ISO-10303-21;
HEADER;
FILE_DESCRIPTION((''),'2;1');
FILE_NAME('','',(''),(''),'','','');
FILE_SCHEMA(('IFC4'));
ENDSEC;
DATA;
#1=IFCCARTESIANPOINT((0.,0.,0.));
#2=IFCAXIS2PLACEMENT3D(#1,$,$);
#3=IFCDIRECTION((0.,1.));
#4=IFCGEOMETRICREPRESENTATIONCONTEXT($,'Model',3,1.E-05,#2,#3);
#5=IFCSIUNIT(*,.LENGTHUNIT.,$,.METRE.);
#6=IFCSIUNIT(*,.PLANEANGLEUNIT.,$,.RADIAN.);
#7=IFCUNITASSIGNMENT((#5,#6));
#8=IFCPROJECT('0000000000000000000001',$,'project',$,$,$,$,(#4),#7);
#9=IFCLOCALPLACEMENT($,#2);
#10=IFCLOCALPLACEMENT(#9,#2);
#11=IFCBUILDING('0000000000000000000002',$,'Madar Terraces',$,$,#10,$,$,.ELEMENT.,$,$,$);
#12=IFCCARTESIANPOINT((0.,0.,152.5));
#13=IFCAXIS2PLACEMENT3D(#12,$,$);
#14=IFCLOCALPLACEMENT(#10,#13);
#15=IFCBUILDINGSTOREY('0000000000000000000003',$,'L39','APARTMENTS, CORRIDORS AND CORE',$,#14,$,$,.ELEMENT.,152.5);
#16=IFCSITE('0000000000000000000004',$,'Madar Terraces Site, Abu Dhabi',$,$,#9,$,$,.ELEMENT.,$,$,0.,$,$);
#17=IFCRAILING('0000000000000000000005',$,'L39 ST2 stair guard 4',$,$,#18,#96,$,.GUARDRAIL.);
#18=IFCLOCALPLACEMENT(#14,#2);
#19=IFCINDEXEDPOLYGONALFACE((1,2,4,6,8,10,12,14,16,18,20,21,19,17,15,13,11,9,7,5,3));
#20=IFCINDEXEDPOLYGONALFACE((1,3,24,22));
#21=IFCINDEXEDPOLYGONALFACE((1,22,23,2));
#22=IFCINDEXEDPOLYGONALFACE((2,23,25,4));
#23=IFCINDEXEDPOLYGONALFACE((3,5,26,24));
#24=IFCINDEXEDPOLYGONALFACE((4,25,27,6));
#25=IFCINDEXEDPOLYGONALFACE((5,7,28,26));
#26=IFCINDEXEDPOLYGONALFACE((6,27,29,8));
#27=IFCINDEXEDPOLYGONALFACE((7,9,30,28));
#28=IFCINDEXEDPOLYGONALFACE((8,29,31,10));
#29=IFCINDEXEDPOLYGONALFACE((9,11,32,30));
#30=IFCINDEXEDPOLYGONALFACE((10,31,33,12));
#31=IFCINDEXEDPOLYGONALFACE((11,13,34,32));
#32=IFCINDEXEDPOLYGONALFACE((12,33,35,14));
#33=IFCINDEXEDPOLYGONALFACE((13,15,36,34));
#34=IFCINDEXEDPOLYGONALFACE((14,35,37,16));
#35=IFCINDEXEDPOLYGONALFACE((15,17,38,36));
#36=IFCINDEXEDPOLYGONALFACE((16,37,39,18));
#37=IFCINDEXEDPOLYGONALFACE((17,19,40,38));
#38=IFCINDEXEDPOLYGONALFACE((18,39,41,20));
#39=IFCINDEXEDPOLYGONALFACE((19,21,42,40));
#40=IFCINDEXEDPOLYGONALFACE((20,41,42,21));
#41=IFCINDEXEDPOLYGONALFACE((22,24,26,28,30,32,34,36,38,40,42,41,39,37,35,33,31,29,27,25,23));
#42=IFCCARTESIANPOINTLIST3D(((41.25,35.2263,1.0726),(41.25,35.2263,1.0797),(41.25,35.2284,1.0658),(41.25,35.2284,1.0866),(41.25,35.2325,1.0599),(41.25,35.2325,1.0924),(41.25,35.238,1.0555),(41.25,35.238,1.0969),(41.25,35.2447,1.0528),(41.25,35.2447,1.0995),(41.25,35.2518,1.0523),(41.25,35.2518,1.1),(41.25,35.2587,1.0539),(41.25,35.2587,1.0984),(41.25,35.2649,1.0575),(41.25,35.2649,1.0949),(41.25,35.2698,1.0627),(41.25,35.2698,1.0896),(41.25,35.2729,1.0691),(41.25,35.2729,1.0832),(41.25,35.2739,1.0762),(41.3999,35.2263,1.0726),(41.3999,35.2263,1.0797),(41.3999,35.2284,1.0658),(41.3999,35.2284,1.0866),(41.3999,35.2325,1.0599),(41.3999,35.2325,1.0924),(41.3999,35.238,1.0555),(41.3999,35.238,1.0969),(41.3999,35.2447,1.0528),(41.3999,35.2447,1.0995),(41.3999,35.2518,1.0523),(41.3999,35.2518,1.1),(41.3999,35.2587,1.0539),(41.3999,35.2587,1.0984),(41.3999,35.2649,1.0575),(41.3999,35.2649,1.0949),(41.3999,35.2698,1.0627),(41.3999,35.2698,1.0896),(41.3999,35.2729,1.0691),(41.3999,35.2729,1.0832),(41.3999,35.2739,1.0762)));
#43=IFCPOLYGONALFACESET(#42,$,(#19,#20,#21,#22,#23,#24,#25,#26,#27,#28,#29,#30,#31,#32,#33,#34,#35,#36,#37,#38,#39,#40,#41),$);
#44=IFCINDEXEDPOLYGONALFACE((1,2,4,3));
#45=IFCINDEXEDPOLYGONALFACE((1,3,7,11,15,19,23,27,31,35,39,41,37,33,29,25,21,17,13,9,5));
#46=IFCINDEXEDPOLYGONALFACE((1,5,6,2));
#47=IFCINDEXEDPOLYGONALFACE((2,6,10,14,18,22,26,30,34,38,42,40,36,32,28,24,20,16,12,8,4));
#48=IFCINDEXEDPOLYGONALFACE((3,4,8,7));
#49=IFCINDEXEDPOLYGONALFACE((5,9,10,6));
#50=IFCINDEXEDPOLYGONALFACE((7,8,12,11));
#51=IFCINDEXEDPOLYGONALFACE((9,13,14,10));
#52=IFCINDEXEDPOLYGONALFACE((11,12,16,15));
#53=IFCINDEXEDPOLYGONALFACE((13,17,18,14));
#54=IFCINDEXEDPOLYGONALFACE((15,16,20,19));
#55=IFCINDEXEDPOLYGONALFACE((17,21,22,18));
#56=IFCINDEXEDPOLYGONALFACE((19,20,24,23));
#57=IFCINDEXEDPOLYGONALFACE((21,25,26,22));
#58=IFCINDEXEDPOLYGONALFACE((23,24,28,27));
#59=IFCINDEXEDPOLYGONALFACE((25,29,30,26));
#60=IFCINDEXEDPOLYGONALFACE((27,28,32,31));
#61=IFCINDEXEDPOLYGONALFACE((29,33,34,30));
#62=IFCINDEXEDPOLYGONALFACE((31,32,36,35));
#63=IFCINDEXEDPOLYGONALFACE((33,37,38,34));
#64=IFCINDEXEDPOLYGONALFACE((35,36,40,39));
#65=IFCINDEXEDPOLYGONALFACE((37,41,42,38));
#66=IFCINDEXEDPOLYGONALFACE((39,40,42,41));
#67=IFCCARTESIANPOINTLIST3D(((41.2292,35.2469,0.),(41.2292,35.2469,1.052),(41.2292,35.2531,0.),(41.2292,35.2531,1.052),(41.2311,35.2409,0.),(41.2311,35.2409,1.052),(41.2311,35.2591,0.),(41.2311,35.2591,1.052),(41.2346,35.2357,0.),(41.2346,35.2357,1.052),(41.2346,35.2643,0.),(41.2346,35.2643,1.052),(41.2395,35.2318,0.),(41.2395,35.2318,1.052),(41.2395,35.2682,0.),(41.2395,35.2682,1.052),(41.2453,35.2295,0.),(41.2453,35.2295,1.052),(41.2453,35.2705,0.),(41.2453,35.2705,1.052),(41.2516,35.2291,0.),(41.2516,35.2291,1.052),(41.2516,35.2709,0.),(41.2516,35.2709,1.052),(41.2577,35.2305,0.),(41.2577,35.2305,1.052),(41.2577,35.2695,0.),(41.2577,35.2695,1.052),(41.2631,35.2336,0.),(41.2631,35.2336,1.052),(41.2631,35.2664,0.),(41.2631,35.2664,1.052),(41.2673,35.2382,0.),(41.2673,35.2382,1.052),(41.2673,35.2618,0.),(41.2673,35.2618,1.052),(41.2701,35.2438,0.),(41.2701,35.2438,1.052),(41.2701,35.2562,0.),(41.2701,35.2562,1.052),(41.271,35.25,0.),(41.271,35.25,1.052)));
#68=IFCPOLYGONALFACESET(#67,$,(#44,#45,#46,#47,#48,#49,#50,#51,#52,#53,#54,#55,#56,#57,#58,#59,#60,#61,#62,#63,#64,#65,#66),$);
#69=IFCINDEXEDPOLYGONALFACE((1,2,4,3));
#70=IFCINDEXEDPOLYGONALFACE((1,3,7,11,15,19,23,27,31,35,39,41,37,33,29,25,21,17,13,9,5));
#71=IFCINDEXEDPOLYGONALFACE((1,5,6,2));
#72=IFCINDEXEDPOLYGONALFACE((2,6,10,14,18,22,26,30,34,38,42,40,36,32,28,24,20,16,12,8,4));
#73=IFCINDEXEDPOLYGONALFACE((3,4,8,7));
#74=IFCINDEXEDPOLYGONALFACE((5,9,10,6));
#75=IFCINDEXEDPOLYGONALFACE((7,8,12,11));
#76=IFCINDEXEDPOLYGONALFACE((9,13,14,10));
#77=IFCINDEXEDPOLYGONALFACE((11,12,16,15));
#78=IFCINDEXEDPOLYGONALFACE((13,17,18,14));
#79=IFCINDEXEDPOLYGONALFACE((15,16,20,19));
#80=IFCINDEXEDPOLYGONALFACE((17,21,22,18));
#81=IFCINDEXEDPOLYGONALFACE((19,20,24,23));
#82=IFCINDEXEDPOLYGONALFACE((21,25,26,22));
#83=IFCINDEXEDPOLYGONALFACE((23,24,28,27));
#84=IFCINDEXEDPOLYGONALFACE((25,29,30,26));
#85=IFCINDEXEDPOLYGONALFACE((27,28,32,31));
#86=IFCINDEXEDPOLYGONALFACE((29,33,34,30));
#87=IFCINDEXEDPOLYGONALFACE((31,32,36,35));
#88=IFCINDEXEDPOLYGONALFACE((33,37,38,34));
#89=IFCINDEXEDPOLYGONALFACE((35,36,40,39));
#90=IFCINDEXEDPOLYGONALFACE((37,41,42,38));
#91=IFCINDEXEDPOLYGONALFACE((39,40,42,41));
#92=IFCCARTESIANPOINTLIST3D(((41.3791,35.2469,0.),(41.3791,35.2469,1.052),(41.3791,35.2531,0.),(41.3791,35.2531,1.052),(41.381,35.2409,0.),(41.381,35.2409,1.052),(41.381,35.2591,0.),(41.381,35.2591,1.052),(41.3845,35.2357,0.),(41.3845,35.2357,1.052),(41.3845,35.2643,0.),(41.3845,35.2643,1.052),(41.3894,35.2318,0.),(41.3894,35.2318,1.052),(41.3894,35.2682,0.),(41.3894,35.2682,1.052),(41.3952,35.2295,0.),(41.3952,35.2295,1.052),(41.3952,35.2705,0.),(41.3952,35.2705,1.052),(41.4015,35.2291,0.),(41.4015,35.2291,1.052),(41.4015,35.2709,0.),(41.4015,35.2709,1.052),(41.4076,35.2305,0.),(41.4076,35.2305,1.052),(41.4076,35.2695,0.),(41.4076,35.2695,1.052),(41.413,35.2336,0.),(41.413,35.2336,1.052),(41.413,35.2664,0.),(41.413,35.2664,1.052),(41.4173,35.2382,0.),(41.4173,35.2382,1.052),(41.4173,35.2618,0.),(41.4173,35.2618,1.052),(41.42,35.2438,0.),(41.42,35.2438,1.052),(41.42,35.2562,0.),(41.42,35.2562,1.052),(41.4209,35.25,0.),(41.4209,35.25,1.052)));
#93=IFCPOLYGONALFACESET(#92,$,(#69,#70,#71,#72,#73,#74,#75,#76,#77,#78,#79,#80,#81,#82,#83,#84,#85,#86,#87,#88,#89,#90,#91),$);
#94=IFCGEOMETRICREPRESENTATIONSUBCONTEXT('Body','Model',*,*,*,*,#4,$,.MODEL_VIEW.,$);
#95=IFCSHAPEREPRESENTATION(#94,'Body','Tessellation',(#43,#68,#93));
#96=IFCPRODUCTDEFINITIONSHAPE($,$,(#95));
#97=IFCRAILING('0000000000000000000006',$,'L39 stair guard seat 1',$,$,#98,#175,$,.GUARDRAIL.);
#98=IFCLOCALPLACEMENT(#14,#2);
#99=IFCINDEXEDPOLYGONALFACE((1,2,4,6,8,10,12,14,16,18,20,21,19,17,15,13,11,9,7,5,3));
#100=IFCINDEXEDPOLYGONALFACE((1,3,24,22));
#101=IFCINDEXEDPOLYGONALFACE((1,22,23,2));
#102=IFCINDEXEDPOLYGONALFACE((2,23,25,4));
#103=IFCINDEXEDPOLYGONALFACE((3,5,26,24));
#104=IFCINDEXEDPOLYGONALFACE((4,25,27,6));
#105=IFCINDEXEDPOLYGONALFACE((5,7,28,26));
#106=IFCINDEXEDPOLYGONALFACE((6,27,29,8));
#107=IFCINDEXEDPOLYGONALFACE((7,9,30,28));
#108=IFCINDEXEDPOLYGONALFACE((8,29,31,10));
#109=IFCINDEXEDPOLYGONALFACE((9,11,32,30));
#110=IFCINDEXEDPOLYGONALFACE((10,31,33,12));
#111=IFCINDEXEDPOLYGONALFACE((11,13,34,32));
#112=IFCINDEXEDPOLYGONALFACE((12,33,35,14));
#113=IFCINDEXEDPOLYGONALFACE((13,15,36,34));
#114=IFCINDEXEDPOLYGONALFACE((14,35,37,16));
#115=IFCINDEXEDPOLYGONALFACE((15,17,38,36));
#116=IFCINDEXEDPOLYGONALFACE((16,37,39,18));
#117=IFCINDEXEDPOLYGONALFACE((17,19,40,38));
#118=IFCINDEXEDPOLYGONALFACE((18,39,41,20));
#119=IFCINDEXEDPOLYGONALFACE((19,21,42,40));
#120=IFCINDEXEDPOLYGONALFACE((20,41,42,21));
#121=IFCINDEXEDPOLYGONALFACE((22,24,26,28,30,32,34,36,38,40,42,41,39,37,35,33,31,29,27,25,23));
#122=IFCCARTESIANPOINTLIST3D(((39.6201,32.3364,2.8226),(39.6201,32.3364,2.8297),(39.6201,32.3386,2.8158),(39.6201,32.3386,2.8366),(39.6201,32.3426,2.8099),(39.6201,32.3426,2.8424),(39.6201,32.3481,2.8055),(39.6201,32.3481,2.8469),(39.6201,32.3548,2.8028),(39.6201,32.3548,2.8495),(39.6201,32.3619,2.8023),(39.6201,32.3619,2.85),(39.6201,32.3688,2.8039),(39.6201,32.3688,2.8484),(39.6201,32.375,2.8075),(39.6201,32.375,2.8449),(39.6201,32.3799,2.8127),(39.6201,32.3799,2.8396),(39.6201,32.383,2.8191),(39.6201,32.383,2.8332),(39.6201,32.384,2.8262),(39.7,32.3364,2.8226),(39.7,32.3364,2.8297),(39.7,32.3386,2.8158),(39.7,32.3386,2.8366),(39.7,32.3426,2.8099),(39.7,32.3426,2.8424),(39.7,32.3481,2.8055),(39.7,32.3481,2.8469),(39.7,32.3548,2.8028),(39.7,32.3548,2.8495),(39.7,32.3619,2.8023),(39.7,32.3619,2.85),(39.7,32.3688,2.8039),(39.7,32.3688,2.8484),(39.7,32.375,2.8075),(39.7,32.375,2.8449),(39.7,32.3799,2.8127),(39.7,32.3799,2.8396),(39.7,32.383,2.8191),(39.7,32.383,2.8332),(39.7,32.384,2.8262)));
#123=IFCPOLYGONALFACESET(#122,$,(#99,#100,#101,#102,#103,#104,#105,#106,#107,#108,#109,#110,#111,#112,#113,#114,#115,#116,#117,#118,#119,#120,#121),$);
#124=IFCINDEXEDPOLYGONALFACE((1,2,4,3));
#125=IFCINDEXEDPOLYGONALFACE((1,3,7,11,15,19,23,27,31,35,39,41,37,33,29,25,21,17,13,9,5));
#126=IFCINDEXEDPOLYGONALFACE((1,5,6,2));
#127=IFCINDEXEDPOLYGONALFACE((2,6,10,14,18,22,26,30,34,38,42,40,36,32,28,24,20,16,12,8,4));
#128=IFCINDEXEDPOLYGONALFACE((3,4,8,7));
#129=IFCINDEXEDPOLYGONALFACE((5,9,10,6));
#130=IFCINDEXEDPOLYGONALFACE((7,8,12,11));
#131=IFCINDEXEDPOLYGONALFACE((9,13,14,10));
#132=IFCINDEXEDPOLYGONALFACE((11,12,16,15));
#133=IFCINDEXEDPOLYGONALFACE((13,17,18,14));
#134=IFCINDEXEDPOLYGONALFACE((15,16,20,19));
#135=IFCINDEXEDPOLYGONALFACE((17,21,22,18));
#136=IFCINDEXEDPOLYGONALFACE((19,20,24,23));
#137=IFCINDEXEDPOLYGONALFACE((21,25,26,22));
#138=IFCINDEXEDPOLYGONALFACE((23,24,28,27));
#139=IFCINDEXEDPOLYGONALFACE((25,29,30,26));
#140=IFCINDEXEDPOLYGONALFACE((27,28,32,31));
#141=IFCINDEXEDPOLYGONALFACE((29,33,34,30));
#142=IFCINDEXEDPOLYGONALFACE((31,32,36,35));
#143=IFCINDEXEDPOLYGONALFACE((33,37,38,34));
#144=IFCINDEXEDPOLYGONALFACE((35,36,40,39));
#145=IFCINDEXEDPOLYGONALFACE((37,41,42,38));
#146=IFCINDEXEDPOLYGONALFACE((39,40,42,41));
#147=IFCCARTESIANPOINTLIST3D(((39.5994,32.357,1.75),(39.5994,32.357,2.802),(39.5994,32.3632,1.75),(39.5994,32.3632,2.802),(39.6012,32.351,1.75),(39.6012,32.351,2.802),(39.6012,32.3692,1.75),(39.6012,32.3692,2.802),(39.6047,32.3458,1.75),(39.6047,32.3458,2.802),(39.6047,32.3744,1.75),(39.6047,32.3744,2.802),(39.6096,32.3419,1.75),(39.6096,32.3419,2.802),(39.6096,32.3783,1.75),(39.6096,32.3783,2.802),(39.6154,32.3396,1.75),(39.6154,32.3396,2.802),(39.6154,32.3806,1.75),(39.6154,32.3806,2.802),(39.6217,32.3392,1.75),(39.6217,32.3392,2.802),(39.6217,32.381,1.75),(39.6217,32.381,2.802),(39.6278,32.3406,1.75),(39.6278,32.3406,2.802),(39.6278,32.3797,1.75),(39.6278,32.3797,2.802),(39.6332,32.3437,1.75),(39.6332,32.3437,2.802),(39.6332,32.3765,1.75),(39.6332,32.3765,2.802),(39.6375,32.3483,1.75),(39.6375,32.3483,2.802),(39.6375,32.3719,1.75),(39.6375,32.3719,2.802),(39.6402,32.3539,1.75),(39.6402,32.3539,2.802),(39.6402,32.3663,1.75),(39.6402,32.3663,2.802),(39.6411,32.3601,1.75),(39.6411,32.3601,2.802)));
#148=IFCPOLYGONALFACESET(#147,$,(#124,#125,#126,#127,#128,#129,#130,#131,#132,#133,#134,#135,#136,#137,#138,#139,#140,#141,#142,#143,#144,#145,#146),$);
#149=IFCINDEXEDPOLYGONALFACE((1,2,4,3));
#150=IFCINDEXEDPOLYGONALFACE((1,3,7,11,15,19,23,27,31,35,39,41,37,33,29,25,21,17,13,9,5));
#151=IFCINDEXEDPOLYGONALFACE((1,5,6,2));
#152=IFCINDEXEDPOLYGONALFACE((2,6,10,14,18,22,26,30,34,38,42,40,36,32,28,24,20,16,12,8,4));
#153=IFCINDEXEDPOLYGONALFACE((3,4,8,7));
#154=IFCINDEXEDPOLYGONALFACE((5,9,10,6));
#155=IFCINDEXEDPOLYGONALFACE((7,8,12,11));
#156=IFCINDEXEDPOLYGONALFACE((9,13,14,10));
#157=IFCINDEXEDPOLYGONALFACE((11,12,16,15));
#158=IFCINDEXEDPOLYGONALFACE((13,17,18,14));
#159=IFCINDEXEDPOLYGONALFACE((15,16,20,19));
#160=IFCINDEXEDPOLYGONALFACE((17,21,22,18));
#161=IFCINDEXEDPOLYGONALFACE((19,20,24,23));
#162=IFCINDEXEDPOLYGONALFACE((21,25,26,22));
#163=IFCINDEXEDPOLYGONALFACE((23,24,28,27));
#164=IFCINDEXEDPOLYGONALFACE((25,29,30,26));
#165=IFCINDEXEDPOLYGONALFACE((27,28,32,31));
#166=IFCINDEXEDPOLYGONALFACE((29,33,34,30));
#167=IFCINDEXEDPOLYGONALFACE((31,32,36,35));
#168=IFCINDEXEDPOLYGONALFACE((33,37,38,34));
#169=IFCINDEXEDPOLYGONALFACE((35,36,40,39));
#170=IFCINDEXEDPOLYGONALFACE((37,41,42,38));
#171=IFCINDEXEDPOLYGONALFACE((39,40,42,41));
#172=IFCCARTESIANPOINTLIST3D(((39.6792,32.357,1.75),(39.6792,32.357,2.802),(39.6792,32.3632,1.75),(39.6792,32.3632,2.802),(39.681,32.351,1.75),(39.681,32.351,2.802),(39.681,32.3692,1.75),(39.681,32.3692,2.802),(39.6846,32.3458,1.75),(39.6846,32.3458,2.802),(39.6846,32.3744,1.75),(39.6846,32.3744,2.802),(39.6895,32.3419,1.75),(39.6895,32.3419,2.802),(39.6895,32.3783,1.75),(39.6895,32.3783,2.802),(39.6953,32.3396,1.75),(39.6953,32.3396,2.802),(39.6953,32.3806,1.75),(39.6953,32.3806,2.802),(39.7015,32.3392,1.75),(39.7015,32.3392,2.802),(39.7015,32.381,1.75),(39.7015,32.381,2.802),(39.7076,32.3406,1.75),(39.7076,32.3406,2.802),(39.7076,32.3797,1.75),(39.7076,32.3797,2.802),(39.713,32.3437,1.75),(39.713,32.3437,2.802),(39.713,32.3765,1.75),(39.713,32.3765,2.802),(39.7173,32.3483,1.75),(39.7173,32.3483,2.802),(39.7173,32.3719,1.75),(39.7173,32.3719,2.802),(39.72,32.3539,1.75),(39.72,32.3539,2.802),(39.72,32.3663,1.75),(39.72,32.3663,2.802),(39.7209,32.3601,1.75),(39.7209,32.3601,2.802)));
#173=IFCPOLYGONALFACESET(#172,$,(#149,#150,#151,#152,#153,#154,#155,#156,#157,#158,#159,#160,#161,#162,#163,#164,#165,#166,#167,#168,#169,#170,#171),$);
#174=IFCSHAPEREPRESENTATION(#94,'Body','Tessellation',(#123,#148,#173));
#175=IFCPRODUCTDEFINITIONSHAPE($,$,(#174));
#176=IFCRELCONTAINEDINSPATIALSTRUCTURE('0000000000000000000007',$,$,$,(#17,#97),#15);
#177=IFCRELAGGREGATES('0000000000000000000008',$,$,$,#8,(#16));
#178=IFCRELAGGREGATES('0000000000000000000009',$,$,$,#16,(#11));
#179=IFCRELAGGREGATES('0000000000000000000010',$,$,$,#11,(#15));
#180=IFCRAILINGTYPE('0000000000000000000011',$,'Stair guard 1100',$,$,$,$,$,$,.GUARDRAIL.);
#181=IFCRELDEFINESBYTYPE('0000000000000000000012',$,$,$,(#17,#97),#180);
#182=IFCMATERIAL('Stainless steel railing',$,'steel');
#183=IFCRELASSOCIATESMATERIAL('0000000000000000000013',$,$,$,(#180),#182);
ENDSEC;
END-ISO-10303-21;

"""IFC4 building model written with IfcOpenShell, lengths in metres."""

from ifc_helpers import new_model, si_unit, direction, frame, origin, origin_2d, place, context, subcontext, project, spatial, circle, extrude, material, type_object, element, save


model = new_model("IFC4")

# Units and contexts
model_context = context("Model", 3, precision=1e-05, world=origin(), true_north=direction((0.0, 1.0)))
body_context = subcontext(model_context, "Body", "Model", "MODEL_VIEW")
ifc_project = project(units=[si_unit("LENGTHUNIT", "METRE"), si_unit("PLANEANGLEUNIT", "RADIAN")], contexts=[model_context])

# Site, building, storey
site_placement = place(None, origin())
site = spatial("IfcSite", under=ifc_project, at=site_placement, Name="Madar Terraces Site, Abu Dhabi", CompositionType="ELEMENT", RefElevation=0.0)
building_placement = place(site_placement, origin())
building = spatial("IfcBuilding", under=site, at=building_placement, Name="Madar Terraces", CompositionType="ELEMENT")
storey_placement = place(building_placement, frame((0.0, 0.0, 152.5)))
storey = spatial("IfcBuildingStorey", under=building, at=storey_placement, Name="L39", Description="APARTMENTS, CORRIDORS AND CORE", CompositionType="ELEMENT", Elevation=152.5)

# Railings
ifc_material_1 = material(Name="Stainless steel railing", Category="steel")
railing_type_1 = type_object("IfcRailingType", Name="Stair guard 1100", PredefinedType="GUARDRAIL", material=ifc_material_1)
railing_1_placement = place(storey_placement, frame((41.25, 35.25, 0.0)))
element("IfcRailing", 1, at=railing_1_placement, inside=storey, type_object=railing_type_1, Name="L39 ST2 stair guard 4", PredefinedType="GUARDRAIL", context=body_context, shape_type="SweptSolid", body=[
    extrude(circle(Radius=0.0239, at=origin_2d()), frame((0.0, 0.0, 1.0762), z_axis=(1.0, 0.0, 0.0), x_axis=(0.0, 1.0, 0.0)), (0.0, 0.0, 1.0), 0.1499),
    extrude(circle(Radius=0.021, at=origin_2d()), origin(), (0.0, 0.0, 1.0), 1.052),
    extrude(circle(Radius=0.021, at=origin_2d()), frame((0.1499, 0.0, 0.0)), (0.0, 0.0, 1.0), 1.052),
])
railing_2_placement = place(storey_placement, frame((39.6201, 32.3601, 1.75)))
element("IfcRailing", 2, at=railing_2_placement, inside=storey, type_object=railing_type_1, Name="L39 stair guard seat 1", PredefinedType="GUARDRAIL", context=body_context, shape_type="SweptSolid", body=[
    extrude(circle(Radius=0.0239, at=origin_2d()), frame((0.0, 0.0, 1.0762), z_axis=(1.0, 0.0, 0.0), x_axis=(0.0, 1.0, 0.0)), (0.0, 0.0, 1.0), 0.0798),
    extrude(circle(Radius=0.021, at=origin_2d()), origin(), (0.0, 0.0, 1.0), 1.052),
    extrude(circle(Radius=0.021, at=origin_2d()), frame((0.0798, 0.0, 0.0)), (0.0, 0.0, 1.0), 1.052),
])

save(model, "model.ifc")
